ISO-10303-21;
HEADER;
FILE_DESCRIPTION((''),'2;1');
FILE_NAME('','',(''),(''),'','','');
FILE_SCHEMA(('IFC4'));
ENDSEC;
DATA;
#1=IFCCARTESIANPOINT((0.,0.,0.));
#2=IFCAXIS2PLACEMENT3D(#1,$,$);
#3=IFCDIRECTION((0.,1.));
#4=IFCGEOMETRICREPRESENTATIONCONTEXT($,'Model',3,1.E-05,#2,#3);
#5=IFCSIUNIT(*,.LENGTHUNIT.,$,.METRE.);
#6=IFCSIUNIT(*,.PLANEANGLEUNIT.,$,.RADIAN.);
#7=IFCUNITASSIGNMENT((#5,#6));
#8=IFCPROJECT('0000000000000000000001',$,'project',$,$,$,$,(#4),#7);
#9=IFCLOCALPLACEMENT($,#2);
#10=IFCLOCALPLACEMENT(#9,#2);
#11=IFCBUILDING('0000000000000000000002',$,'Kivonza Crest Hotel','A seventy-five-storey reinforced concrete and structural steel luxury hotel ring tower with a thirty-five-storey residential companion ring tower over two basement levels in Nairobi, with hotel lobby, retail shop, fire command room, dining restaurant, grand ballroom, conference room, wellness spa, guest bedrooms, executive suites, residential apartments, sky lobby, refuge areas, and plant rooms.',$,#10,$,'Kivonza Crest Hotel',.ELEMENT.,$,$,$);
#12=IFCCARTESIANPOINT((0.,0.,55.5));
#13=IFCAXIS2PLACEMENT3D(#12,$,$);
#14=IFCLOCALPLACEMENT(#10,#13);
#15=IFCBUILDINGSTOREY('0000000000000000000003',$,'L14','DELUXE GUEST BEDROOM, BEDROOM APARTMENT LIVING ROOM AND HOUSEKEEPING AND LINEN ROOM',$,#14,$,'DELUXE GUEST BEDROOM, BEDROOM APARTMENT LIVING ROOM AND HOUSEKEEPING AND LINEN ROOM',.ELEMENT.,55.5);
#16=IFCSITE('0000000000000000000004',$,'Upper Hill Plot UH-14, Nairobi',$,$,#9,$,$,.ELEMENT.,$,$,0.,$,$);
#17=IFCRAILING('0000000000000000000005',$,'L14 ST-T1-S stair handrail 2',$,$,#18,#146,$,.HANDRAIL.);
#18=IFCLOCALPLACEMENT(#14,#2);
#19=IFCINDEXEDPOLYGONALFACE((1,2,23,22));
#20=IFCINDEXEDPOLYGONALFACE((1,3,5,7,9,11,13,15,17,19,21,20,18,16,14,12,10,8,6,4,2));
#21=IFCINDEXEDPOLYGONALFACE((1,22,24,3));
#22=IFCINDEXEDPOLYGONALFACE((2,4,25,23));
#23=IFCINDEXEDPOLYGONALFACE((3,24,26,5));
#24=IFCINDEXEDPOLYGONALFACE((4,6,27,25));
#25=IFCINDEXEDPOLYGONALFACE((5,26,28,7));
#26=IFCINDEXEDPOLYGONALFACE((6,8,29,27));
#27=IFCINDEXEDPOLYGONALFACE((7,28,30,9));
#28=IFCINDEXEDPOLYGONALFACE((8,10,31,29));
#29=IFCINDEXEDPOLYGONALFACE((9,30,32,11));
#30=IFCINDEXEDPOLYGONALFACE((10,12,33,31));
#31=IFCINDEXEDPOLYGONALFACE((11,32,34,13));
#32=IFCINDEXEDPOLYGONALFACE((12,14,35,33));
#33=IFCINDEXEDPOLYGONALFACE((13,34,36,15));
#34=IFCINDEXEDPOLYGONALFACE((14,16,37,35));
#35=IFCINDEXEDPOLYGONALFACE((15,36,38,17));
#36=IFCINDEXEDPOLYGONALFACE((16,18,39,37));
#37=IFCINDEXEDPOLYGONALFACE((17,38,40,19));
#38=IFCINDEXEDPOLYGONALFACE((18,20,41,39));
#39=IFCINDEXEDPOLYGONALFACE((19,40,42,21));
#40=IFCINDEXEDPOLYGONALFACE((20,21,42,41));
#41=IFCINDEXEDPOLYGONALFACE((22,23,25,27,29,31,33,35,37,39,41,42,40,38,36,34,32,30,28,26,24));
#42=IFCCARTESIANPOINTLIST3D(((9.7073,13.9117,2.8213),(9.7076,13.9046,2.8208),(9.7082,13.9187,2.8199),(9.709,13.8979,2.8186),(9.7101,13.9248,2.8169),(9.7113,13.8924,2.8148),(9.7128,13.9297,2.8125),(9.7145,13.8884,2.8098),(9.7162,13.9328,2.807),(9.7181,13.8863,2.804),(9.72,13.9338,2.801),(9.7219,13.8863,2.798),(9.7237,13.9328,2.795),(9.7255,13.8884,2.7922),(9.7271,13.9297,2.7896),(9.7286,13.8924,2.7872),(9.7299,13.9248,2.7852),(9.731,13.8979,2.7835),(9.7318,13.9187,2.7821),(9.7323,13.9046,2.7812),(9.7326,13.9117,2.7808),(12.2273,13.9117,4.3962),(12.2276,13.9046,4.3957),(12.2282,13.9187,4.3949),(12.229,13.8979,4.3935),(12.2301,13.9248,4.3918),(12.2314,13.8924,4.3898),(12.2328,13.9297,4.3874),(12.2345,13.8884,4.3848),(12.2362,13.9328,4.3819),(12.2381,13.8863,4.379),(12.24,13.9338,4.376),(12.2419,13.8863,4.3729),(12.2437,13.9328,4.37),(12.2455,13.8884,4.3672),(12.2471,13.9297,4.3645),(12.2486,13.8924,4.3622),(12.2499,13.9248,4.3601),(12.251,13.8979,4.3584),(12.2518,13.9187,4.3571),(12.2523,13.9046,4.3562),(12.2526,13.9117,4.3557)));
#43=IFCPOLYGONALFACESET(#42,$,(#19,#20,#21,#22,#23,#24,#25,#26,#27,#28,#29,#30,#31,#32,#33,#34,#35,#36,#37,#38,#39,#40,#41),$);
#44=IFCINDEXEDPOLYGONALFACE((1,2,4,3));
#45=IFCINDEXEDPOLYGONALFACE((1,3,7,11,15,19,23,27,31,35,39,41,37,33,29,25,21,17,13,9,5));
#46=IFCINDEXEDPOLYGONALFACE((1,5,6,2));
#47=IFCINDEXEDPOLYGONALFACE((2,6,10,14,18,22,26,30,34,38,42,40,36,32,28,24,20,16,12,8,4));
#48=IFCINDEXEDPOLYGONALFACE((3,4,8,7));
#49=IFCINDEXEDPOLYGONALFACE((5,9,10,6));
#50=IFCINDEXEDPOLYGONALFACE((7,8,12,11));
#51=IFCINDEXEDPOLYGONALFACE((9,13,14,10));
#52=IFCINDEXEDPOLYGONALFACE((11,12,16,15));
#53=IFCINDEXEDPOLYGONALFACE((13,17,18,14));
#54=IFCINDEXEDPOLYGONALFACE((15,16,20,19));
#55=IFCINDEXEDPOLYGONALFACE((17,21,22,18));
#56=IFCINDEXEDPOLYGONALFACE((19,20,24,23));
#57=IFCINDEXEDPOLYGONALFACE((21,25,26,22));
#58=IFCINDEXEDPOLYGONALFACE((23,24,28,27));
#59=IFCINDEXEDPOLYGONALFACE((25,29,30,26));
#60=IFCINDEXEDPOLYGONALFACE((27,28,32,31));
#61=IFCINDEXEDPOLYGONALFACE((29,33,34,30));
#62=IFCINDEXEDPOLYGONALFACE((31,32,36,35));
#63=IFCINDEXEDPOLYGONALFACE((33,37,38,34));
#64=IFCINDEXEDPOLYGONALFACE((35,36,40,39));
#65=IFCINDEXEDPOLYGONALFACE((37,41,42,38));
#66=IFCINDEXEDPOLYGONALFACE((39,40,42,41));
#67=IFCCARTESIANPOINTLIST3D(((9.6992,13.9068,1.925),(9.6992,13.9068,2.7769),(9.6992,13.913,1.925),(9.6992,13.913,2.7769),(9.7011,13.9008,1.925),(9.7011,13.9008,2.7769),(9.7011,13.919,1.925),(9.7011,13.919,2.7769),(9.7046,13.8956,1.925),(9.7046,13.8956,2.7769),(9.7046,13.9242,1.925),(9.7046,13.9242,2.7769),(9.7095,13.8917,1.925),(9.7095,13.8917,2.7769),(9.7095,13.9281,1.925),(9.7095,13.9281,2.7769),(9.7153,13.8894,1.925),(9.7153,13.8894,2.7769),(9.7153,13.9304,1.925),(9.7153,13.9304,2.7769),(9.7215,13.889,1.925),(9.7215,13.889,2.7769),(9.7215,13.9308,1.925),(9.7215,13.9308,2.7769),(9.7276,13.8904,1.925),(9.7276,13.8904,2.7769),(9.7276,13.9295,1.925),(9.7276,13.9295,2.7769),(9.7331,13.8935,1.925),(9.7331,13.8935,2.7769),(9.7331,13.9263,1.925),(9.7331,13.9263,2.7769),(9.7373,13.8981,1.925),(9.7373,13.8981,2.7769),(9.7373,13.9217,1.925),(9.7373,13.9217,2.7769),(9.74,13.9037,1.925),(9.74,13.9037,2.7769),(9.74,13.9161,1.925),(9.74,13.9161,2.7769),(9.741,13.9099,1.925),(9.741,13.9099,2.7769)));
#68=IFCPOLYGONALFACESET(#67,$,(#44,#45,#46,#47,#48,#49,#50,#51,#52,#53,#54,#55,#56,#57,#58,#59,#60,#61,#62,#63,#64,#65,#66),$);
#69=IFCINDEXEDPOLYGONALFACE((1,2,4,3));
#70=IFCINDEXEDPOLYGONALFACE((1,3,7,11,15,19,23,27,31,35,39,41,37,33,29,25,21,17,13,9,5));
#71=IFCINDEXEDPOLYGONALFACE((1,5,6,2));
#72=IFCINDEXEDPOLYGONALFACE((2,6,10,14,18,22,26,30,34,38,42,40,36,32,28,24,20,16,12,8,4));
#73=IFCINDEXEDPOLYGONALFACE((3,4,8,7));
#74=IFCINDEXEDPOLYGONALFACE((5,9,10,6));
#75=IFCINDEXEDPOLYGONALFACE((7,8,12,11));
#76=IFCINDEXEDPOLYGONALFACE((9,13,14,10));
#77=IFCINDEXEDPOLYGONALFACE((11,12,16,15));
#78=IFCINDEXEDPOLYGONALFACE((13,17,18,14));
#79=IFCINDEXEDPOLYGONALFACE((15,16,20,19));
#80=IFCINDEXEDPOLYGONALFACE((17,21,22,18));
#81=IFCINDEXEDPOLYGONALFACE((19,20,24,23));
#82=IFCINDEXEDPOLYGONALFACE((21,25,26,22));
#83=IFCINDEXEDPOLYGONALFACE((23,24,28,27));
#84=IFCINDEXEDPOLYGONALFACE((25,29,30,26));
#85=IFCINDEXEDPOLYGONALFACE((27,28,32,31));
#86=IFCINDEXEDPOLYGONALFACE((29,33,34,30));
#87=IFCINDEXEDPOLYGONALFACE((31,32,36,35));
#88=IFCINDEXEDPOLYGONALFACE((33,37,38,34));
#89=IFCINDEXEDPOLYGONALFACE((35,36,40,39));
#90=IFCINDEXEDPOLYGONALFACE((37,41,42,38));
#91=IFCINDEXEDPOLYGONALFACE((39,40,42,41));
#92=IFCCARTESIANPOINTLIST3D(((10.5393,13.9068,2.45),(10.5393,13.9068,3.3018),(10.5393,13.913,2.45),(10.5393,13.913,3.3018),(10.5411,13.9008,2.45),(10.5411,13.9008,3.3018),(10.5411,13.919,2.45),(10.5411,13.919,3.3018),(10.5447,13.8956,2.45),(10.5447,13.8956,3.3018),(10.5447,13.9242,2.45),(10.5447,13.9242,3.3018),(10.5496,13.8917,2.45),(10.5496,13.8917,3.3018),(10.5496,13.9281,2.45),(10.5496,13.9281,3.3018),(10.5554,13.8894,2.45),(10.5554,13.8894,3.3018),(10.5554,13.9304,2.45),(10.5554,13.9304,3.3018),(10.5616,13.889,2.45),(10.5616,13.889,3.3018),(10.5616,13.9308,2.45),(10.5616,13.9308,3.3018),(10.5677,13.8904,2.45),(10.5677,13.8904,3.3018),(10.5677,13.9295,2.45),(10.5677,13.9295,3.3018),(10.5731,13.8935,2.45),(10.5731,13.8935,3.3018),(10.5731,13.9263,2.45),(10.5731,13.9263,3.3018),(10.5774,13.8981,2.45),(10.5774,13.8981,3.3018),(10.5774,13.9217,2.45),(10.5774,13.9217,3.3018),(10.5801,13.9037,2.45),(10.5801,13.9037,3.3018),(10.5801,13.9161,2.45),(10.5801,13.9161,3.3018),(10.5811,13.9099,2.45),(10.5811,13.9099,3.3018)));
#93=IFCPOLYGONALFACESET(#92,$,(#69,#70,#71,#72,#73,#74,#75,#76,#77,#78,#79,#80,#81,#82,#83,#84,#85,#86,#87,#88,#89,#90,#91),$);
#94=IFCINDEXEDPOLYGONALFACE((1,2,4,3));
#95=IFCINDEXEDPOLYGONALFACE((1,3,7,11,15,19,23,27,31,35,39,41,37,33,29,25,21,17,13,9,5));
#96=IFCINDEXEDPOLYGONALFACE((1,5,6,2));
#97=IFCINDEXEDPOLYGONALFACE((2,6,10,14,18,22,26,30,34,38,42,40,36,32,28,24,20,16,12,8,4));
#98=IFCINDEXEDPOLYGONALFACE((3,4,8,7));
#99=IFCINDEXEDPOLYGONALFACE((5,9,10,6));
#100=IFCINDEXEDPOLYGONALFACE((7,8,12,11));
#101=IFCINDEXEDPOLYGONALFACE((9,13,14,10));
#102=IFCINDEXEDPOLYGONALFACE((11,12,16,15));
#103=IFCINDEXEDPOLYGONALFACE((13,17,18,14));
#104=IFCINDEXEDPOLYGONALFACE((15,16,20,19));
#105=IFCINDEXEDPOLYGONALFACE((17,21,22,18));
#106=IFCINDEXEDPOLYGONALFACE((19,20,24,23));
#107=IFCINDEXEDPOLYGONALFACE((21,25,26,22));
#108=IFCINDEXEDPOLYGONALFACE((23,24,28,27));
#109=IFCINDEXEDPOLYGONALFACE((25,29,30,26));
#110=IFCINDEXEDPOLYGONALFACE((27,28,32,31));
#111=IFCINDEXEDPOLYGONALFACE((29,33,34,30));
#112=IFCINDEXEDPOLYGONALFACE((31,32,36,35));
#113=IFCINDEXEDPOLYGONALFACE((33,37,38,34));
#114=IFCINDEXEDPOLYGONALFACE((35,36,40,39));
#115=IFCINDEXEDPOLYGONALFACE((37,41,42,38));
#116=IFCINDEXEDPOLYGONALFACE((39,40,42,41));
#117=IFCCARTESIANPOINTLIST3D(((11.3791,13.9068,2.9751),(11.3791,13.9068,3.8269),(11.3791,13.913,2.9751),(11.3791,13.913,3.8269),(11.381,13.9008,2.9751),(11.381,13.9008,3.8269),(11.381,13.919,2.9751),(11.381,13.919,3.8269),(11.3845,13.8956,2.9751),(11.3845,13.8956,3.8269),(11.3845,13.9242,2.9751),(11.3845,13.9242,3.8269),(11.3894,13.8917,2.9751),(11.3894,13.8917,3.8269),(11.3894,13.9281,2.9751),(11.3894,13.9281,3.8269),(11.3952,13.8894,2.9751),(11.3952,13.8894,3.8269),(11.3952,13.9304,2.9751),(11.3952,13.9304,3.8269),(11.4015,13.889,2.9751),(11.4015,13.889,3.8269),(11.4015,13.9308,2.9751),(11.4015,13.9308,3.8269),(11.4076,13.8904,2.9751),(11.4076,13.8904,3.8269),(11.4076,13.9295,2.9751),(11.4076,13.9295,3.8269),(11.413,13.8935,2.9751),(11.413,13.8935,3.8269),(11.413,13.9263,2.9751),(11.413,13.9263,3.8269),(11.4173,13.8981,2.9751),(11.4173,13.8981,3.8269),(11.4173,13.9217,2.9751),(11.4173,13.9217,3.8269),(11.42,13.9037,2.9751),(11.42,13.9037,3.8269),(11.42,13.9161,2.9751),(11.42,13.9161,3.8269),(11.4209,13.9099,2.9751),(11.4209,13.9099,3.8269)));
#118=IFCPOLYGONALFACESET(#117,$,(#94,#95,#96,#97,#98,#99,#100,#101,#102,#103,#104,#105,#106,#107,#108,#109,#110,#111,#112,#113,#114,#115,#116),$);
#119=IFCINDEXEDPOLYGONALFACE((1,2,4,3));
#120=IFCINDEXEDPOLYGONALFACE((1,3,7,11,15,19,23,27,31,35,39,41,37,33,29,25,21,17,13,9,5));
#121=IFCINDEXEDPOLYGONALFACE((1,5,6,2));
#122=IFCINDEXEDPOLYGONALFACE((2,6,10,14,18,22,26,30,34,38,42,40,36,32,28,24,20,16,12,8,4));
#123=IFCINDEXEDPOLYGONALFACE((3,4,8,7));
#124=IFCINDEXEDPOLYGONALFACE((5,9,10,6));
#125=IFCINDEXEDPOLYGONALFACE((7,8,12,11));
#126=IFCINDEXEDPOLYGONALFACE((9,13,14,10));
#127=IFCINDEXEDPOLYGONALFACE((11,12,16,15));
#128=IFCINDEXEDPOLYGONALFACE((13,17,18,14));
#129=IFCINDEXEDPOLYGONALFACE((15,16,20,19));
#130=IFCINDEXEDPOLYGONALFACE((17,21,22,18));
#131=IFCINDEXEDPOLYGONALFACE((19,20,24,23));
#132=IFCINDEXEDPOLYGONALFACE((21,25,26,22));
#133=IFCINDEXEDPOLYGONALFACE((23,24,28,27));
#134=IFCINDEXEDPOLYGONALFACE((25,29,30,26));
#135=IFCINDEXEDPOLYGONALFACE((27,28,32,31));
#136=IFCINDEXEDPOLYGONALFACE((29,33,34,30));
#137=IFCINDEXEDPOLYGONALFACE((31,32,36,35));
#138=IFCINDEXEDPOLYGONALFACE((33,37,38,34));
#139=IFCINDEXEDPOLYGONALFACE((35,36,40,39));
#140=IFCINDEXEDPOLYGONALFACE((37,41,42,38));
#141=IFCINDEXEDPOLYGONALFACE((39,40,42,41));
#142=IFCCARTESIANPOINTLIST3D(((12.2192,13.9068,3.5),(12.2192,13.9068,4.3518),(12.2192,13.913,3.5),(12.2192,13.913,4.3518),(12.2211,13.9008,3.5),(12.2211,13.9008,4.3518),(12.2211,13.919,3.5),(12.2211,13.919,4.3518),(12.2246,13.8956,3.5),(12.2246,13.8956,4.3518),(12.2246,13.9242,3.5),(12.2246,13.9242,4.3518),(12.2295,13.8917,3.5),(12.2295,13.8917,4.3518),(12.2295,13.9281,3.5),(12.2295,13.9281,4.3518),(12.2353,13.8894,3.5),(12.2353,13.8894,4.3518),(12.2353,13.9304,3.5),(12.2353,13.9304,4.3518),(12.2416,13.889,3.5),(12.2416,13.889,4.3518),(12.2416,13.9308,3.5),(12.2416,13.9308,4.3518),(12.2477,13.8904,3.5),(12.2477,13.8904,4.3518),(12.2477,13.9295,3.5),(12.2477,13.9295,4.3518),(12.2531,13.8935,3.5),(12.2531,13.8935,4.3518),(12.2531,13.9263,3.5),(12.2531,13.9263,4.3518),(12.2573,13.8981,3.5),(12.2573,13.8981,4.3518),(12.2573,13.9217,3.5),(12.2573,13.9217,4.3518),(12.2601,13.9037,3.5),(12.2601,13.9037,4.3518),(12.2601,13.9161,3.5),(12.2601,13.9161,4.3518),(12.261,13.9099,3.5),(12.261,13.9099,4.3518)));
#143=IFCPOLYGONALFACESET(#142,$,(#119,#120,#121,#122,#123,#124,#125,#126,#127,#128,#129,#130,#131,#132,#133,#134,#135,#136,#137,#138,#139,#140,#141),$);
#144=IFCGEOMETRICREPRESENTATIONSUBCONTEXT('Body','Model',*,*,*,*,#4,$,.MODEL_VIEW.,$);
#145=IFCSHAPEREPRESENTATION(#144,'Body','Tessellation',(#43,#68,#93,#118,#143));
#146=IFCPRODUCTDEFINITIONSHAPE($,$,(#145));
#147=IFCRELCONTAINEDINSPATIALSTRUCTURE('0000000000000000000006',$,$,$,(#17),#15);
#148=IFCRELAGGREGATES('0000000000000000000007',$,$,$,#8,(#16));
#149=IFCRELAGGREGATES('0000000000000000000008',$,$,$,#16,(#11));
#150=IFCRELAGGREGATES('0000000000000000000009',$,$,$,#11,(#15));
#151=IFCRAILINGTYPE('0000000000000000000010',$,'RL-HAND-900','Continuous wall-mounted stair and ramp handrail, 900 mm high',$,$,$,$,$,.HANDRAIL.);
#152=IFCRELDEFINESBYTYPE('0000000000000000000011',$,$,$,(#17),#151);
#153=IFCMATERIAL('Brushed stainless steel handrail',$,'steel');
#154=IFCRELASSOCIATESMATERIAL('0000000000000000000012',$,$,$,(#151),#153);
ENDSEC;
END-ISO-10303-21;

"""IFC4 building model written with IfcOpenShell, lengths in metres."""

from ifc_helpers import new_model, si_unit, direction, frame, origin, origin_2d, place, context, subcontext, project, spatial, circle, extrude, material, type_object, element, save


model = new_model("IFC4")

# Units and contexts
model_context = context("Model", 3, precision=1e-05, world=origin(), true_north=direction((0.0, 1.0)))
body_context = subcontext(model_context, "Body", "Model", "MODEL_VIEW")
ifc_project = project(units=[si_unit("LENGTHUNIT", "METRE"), si_unit("PLANEANGLEUNIT", "RADIAN")], contexts=[model_context])

# Site, building, storey
site_placement = place(None, origin())
site = spatial("IfcSite", under=ifc_project, at=site_placement, Name="Upper Hill Plot UH-14, Nairobi", CompositionType="ELEMENT", RefElevation=0.0)
building_placement = place(site_placement, origin())
building = spatial("IfcBuilding", under=site, at=building_placement, Name="Kivonza Crest Hotel", Description="A seventy-five-storey reinforced concrete and structural steel luxury hotel ring tower with a thirty-five-storey residential companion ring tower over two basement levels in Nairobi, with hotel lobby, retail shop, fire command room, dining restaurant, grand ballroom, conference room, wellness spa, guest bedrooms, executive suites, residential apartments, sky lobby, refuge areas, and plant rooms.", LongName="Kivonza Crest Hotel", CompositionType="ELEMENT")
storey_placement = place(building_placement, frame((0.0, 0.0, 55.5)))
storey = spatial("IfcBuildingStorey", under=building, at=storey_placement, Name="L14", Description="DELUXE GUEST BEDROOM, BEDROOM APARTMENT LIVING ROOM AND HOUSEKEEPING AND LINEN ROOM", LongName="DELUXE GUEST BEDROOM, BEDROOM APARTMENT LIVING ROOM AND HOUSEKEEPING AND LINEN ROOM", CompositionType="ELEMENT", Elevation=55.5)

# Railing
ifc_material_1 = material(Name="Brushed stainless steel handrail", Category="steel")
railing_type_1 = type_object("IfcRailingType", Name="RL-HAND-900", Description="Continuous wall-mounted stair and ramp handrail, 900 mm high", PredefinedType="HANDRAIL", material=ifc_material_1)
railing_1_placement = place(storey_placement, frame((9.72, 13.9099, 1.925)))
element("IfcRailing", 1, at=railing_1_placement, inside=storey, type_object=railing_type_1, Name="L14 ST-T1-S stair handrail 2", PredefinedType="HANDRAIL", context=body_context, shape_type="SweptSolid", body=[
    extrude(circle(Radius=0.0239, at=origin_2d()), frame((0.0, 0.0, 0.876), z_axis=(0.848008, 0.0, 0.529984), x_axis=(0.0, 1.0, 0.0)), (0.0, 0.0, 1.0), 2.9717),
    extrude(circle(Radius=0.021, at=origin_2d()), origin(), (0.0, 0.0, 1.0), 0.8518),
    extrude(circle(Radius=0.021, at=origin_2d()), frame((0.8401, 0.0, 0.5249)), (0.0, 0.0, 1.0), 0.8518),
    extrude(circle(Radius=0.021, at=origin_2d()), frame((1.6799, 0.0, 1.05)), (0.0, 0.0, 1.0), 0.8518),
    extrude(circle(Radius=0.021, at=origin_2d()), frame((2.52, 0.0, 1.575)), (0.0, 0.0, 1.0), 0.8518),
])

save(model, "model.ifc")
